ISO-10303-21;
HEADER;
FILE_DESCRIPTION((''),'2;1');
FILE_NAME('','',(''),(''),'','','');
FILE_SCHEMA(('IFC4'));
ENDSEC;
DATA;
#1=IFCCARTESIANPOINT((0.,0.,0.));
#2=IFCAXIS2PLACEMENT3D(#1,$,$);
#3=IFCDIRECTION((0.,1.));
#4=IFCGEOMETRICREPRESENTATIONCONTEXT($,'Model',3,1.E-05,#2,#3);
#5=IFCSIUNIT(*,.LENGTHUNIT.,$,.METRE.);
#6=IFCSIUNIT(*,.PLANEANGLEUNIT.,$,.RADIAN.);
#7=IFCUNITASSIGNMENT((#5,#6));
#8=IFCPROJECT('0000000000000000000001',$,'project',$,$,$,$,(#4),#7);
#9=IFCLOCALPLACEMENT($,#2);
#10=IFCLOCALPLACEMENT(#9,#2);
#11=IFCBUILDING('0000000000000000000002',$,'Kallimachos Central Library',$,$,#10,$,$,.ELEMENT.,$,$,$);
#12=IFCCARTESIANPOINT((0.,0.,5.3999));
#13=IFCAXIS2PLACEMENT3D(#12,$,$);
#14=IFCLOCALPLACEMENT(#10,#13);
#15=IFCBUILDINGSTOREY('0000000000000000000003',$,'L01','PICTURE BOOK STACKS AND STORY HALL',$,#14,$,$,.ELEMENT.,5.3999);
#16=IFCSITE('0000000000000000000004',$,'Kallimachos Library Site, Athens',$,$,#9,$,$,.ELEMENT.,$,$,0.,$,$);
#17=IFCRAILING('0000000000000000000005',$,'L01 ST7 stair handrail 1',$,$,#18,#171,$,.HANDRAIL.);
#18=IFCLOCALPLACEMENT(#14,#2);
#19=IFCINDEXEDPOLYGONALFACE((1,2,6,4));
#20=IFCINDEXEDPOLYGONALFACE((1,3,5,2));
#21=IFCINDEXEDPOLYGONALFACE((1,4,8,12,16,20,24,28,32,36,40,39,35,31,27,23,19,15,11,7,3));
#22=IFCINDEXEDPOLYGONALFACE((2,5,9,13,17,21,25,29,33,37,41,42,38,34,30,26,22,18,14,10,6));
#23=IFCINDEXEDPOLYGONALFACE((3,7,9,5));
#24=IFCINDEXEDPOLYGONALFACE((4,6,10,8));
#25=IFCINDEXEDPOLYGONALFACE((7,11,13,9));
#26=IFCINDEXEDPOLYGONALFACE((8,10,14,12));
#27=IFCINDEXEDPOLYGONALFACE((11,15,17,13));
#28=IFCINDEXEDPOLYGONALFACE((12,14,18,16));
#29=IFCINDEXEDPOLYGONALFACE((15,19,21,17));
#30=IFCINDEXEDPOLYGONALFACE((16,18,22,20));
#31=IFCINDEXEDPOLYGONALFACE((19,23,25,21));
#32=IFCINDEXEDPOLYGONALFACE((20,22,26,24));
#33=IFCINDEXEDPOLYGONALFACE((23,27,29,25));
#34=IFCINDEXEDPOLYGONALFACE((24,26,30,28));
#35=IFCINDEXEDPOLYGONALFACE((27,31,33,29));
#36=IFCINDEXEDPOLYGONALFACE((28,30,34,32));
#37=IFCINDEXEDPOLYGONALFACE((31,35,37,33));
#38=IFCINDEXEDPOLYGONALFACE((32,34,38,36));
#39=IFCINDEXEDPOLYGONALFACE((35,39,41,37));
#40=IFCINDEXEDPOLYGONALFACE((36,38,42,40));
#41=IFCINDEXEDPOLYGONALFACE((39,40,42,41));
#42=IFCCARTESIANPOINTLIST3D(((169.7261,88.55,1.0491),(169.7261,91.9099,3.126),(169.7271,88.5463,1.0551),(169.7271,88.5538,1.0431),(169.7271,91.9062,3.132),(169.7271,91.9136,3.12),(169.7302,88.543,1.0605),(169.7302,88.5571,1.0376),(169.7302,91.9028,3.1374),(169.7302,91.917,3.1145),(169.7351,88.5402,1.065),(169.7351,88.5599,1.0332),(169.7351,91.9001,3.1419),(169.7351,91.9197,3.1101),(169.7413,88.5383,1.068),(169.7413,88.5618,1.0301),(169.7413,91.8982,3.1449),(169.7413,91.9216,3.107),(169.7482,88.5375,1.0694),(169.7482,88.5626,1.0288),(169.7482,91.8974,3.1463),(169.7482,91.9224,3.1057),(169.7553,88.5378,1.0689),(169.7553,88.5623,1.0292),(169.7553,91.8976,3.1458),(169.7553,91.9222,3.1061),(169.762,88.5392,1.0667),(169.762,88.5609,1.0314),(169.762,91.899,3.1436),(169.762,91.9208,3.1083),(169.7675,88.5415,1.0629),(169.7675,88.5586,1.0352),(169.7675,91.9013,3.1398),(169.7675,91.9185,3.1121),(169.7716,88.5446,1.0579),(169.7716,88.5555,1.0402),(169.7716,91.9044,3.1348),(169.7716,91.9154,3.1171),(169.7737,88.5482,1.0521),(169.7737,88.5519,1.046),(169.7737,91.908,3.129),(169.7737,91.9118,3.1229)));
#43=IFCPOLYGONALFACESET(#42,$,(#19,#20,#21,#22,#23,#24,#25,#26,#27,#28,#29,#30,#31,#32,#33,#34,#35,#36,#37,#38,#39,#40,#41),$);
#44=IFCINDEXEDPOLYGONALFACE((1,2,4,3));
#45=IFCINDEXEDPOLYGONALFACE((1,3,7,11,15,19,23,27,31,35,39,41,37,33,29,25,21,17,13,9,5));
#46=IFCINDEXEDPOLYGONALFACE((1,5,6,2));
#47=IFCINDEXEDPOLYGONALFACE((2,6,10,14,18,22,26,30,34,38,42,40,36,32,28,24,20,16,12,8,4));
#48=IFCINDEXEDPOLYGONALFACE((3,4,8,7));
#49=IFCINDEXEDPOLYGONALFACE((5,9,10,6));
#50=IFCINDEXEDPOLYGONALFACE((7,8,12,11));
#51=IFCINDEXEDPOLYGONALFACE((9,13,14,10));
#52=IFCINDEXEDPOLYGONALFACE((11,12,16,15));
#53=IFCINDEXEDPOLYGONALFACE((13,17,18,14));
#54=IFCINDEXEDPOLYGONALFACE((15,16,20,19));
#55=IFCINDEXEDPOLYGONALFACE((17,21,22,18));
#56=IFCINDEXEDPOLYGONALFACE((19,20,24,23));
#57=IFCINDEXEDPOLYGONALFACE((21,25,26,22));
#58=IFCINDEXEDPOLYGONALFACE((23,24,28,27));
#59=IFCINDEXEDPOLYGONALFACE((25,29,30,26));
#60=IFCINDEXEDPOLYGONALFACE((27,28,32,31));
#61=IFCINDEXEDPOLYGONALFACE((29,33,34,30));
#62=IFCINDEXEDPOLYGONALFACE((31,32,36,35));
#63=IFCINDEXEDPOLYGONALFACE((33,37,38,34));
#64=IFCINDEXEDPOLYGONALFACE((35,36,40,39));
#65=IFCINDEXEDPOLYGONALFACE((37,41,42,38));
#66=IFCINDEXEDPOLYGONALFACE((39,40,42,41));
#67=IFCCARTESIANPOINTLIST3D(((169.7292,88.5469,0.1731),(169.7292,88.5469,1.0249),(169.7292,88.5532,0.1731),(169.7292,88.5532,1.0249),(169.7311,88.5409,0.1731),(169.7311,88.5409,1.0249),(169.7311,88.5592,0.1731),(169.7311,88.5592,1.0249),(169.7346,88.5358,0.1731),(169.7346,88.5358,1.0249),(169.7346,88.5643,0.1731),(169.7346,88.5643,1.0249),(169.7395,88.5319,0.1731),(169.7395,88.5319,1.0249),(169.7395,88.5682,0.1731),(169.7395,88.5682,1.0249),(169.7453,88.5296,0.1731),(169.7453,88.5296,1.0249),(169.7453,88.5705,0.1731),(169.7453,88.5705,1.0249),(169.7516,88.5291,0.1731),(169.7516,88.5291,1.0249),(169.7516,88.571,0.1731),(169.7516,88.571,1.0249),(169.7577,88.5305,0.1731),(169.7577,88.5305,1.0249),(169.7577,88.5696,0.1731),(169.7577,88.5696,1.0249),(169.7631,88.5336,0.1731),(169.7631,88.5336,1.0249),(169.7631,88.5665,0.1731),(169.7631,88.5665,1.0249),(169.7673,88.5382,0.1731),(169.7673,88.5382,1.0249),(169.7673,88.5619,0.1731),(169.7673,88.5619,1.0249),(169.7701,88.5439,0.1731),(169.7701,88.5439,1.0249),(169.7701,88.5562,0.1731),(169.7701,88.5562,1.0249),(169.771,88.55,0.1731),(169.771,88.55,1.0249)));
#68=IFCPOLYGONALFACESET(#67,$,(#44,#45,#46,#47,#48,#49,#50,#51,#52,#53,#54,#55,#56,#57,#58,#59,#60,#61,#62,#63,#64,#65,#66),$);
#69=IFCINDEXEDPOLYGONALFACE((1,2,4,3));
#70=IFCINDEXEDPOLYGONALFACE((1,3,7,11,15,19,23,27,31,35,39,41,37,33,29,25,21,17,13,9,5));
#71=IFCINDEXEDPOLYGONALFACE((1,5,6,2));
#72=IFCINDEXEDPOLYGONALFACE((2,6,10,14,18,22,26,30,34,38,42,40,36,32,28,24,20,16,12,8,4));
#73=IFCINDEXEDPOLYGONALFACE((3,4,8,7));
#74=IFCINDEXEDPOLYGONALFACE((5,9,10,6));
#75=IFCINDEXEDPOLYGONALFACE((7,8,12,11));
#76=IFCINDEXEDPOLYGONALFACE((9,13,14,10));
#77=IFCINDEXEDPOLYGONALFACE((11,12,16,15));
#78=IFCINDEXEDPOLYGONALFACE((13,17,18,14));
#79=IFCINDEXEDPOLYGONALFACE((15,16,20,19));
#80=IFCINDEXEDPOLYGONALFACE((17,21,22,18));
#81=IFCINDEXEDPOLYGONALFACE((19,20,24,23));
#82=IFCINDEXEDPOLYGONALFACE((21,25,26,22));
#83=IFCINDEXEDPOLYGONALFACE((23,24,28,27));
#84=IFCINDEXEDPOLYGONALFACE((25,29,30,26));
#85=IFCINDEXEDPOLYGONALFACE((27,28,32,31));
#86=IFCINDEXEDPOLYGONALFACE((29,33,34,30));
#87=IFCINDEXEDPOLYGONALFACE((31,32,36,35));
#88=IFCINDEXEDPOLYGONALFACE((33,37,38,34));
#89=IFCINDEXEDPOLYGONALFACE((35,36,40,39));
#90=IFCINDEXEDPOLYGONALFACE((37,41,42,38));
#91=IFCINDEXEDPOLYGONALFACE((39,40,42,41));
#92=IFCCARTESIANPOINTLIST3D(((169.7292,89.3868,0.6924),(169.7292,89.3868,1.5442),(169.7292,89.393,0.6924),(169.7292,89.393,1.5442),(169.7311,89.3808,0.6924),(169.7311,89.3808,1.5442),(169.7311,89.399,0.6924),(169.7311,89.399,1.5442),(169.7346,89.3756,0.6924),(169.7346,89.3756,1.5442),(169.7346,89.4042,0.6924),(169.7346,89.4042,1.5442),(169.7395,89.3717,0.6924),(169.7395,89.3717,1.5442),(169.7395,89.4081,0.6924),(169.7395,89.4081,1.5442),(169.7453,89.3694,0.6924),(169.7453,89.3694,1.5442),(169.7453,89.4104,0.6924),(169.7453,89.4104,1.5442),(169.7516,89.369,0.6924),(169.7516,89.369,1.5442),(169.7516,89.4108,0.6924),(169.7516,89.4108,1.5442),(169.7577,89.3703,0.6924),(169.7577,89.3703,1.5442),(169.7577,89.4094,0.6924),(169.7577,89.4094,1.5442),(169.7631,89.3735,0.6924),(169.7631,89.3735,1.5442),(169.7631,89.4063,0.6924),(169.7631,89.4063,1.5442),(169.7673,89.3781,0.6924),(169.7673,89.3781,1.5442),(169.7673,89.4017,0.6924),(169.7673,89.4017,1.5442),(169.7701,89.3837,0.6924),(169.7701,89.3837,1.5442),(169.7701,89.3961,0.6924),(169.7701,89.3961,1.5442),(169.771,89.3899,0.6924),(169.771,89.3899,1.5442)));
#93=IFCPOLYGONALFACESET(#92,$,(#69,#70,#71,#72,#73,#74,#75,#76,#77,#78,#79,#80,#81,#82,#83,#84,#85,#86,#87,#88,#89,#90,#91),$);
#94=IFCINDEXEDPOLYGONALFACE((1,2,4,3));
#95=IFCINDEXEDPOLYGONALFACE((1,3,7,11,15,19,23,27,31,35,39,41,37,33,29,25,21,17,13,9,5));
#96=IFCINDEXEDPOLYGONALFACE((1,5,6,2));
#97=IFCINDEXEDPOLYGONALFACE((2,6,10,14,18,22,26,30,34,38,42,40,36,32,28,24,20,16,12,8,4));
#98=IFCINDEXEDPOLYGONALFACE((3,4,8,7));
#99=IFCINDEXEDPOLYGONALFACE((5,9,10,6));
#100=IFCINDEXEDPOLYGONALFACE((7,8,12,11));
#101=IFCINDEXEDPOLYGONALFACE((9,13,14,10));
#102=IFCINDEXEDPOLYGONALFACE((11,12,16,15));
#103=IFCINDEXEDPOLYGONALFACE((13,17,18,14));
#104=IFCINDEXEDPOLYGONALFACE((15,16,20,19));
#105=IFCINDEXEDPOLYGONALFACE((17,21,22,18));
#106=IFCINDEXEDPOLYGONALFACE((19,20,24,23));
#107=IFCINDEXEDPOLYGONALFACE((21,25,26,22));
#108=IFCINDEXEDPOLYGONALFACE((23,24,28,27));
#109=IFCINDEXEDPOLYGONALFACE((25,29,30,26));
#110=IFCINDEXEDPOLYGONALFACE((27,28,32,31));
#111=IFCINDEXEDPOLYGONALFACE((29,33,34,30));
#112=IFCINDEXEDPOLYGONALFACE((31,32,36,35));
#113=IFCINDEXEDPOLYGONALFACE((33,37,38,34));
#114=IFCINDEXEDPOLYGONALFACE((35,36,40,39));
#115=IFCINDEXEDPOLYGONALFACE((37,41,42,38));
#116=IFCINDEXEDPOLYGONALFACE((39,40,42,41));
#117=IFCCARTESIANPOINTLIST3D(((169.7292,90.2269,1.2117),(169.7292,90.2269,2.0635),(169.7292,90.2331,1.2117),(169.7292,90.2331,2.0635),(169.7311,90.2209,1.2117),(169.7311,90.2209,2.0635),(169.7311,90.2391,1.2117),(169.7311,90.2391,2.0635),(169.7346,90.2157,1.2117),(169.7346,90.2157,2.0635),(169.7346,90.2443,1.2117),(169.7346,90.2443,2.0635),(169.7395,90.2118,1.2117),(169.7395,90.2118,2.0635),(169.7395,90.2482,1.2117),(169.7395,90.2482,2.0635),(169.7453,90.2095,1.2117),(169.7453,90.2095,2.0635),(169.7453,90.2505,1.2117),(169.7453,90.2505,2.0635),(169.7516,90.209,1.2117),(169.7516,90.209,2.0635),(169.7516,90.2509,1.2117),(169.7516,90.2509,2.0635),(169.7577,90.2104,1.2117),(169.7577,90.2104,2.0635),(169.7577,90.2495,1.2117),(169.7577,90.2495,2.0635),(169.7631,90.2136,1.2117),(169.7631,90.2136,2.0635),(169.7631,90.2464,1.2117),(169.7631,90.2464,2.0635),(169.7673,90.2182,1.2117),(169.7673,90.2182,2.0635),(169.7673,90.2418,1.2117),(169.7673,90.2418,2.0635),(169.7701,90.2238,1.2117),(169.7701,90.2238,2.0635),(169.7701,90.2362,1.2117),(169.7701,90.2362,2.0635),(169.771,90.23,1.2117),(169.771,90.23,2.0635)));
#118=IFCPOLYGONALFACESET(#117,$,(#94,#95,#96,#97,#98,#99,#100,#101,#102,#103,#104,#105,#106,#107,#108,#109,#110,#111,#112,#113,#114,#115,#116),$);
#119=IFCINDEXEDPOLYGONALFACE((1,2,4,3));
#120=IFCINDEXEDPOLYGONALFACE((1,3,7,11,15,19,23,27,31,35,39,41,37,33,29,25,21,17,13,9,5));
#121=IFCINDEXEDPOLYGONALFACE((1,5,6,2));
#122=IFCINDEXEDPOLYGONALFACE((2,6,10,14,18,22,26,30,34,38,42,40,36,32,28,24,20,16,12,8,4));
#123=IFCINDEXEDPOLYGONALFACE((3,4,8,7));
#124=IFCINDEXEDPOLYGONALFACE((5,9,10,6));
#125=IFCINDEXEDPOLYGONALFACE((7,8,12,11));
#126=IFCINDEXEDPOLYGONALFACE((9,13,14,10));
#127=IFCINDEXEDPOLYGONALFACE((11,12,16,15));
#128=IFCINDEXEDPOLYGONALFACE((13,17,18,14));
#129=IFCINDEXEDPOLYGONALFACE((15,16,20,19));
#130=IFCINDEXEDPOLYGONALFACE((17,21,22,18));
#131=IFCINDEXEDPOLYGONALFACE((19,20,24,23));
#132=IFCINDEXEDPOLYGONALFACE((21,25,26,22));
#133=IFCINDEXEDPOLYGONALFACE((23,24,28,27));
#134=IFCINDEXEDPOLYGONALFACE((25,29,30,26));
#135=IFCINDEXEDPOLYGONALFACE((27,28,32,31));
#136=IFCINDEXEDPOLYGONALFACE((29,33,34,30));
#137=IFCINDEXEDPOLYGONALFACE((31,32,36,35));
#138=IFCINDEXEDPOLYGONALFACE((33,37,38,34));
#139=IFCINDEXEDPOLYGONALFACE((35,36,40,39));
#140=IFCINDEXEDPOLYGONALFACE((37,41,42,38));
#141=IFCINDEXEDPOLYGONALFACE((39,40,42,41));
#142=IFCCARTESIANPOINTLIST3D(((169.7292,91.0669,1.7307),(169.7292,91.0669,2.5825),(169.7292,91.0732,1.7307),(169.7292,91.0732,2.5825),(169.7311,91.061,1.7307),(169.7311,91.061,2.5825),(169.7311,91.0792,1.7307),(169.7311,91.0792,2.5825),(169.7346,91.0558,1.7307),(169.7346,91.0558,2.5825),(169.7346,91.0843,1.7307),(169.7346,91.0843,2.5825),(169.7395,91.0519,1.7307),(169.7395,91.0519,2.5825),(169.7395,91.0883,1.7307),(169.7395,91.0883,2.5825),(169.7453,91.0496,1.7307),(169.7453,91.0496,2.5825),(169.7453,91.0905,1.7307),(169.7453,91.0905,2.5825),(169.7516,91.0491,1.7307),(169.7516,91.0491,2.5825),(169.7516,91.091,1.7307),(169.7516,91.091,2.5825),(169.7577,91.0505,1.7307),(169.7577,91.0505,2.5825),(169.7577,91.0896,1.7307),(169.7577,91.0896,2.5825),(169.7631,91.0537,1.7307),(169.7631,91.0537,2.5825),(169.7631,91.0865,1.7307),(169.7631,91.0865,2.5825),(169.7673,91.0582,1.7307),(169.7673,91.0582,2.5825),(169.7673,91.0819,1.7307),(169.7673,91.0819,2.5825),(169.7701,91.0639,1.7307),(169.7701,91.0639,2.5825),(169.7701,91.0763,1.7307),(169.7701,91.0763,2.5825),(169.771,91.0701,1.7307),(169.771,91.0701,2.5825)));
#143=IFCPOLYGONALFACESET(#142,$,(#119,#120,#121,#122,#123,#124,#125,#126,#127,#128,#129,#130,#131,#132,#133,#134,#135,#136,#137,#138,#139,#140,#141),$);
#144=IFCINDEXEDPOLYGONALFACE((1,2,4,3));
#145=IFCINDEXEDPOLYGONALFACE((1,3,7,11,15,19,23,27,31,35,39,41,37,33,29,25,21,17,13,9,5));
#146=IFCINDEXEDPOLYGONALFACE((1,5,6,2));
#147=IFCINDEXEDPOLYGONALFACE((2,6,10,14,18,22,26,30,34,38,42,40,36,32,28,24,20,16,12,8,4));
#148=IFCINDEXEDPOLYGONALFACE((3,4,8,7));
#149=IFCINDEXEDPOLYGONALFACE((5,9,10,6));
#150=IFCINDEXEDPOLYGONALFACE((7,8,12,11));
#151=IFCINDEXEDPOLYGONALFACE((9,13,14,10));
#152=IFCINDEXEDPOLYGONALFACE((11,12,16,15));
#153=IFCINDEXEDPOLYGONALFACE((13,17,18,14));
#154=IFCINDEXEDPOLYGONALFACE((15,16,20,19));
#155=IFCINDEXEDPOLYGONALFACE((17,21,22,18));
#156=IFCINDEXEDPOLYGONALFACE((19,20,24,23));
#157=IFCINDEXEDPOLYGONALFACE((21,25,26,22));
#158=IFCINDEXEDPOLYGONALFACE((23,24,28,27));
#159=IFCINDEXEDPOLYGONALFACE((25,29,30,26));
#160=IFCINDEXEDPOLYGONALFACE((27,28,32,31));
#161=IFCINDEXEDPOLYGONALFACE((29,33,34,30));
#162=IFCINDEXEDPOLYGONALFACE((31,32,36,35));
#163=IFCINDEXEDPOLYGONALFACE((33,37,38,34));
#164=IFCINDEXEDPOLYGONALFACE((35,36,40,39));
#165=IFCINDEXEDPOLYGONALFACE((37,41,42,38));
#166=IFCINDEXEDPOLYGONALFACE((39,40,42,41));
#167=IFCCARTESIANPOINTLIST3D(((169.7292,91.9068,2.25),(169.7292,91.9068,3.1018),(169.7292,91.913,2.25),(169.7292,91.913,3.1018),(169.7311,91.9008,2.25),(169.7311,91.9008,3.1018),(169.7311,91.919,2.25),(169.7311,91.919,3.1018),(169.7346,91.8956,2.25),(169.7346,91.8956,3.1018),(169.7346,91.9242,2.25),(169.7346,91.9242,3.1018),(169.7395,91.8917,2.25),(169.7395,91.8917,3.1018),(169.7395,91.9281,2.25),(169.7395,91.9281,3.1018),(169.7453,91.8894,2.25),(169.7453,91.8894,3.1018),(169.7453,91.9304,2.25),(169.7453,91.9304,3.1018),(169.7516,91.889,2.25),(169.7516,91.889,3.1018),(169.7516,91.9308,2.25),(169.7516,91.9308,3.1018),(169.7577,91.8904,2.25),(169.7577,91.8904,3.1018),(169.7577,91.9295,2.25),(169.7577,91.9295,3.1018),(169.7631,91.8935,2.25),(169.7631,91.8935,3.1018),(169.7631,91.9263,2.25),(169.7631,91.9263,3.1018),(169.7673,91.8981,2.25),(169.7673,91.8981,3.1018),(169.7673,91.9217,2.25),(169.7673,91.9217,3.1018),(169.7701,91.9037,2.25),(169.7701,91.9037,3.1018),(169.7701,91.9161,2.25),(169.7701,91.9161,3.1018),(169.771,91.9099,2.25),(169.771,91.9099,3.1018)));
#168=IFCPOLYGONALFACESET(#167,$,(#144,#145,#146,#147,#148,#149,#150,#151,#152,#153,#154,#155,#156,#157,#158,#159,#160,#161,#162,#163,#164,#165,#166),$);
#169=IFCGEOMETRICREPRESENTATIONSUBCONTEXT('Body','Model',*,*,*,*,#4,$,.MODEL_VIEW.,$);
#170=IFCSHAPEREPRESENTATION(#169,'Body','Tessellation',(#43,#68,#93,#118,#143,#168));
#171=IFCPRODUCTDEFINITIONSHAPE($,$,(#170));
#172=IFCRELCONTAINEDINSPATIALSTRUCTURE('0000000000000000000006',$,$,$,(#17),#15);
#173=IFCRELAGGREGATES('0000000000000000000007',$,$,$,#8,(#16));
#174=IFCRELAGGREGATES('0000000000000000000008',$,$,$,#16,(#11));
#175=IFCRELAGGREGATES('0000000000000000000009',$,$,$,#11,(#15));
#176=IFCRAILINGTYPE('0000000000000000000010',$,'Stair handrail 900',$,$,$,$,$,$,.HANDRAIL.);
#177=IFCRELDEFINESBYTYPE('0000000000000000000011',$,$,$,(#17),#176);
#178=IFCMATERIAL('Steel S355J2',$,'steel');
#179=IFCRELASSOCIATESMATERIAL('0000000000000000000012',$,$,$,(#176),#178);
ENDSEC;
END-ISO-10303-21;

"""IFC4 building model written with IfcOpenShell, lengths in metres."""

from ifc_helpers import new_model, si_unit, direction, frame, origin, origin_2d, place, context, subcontext, project, spatial, circle, extrude, material, type_object, element, save


model = new_model("IFC4")

# Units and contexts
model_context = context("Model", 3, precision=1e-05, world=origin(), true_north=direction((0.0, 1.0)))
body_context = subcontext(model_context, "Body", "Model", "MODEL_VIEW")
ifc_project = project(units=[si_unit("LENGTHUNIT", "METRE"), si_unit("PLANEANGLEUNIT", "RADIAN")], contexts=[model_context])

# Site, building, storey
site_placement = place(None, origin())
site = spatial("IfcSite", under=ifc_project, at=site_placement, Name="Kallimachos Library Site, Athens", CompositionType="ELEMENT", RefElevation=0.0)
building_placement = place(site_placement, origin())
building = spatial("IfcBuilding", under=site, at=building_placement, Name="Kallimachos Central Library", CompositionType="ELEMENT")
storey_placement = place(building_placement, frame((0.0, 0.0, 5.3999)))
storey = spatial("IfcBuildingStorey", under=building, at=storey_placement, Name="L01", Description="PICTURE BOOK STACKS AND STORY HALL", CompositionType="ELEMENT", Elevation=5.3999)

# Railing
ifc_material_1 = material(Name="Steel S355J2", Category="steel")
railing_type_1 = type_object("IfcRailingType", Name="Stair handrail 900", PredefinedType="HANDRAIL", material=ifc_material_1)
railing_1_placement = place(storey_placement, frame((169.75, 88.55, 0.1731)))
element("IfcRailing", 1, at=railing_1_placement, inside=storey, type_object=railing_type_1, Name="L01 ST7 stair handrail 1", PredefinedType="HANDRAIL", context=body_context, shape_type="SweptSolid", body=[
    extrude(circle(Radius=0.0239, at=origin_2d()), frame((0.0, 0.0, 0.876), z_axis=(0.0, 0.850606, 0.525803), x_axis=(-1.0, 0.0, 0.0)), (0.0, 0.0, 1.0), 3.95),
    extrude(circle(Radius=0.021, at=origin_2d()), origin(), (0.0, 0.0, 1.0), 0.8518),
    extrude(circle(Radius=0.021, at=origin_2d()), frame((0.0, 0.8398, 0.5193)), (0.0, 0.0, 1.0), 0.8518),
    extrude(circle(Radius=0.021, at=origin_2d()), frame((0.0, 1.6799, 1.0386)), (0.0, 0.0, 1.0), 0.8518),
    extrude(circle(Radius=0.021, at=origin_2d()), frame((0.0, 2.52, 1.5576)), (0.0, 0.0, 1.0), 0.8518),
    extrude(circle(Radius=0.021, at=origin_2d()), frame((0.0, 3.3599, 2.0769)), (0.0, 0.0, 1.0), 0.8518),
])

save(model, "model.ifc")
